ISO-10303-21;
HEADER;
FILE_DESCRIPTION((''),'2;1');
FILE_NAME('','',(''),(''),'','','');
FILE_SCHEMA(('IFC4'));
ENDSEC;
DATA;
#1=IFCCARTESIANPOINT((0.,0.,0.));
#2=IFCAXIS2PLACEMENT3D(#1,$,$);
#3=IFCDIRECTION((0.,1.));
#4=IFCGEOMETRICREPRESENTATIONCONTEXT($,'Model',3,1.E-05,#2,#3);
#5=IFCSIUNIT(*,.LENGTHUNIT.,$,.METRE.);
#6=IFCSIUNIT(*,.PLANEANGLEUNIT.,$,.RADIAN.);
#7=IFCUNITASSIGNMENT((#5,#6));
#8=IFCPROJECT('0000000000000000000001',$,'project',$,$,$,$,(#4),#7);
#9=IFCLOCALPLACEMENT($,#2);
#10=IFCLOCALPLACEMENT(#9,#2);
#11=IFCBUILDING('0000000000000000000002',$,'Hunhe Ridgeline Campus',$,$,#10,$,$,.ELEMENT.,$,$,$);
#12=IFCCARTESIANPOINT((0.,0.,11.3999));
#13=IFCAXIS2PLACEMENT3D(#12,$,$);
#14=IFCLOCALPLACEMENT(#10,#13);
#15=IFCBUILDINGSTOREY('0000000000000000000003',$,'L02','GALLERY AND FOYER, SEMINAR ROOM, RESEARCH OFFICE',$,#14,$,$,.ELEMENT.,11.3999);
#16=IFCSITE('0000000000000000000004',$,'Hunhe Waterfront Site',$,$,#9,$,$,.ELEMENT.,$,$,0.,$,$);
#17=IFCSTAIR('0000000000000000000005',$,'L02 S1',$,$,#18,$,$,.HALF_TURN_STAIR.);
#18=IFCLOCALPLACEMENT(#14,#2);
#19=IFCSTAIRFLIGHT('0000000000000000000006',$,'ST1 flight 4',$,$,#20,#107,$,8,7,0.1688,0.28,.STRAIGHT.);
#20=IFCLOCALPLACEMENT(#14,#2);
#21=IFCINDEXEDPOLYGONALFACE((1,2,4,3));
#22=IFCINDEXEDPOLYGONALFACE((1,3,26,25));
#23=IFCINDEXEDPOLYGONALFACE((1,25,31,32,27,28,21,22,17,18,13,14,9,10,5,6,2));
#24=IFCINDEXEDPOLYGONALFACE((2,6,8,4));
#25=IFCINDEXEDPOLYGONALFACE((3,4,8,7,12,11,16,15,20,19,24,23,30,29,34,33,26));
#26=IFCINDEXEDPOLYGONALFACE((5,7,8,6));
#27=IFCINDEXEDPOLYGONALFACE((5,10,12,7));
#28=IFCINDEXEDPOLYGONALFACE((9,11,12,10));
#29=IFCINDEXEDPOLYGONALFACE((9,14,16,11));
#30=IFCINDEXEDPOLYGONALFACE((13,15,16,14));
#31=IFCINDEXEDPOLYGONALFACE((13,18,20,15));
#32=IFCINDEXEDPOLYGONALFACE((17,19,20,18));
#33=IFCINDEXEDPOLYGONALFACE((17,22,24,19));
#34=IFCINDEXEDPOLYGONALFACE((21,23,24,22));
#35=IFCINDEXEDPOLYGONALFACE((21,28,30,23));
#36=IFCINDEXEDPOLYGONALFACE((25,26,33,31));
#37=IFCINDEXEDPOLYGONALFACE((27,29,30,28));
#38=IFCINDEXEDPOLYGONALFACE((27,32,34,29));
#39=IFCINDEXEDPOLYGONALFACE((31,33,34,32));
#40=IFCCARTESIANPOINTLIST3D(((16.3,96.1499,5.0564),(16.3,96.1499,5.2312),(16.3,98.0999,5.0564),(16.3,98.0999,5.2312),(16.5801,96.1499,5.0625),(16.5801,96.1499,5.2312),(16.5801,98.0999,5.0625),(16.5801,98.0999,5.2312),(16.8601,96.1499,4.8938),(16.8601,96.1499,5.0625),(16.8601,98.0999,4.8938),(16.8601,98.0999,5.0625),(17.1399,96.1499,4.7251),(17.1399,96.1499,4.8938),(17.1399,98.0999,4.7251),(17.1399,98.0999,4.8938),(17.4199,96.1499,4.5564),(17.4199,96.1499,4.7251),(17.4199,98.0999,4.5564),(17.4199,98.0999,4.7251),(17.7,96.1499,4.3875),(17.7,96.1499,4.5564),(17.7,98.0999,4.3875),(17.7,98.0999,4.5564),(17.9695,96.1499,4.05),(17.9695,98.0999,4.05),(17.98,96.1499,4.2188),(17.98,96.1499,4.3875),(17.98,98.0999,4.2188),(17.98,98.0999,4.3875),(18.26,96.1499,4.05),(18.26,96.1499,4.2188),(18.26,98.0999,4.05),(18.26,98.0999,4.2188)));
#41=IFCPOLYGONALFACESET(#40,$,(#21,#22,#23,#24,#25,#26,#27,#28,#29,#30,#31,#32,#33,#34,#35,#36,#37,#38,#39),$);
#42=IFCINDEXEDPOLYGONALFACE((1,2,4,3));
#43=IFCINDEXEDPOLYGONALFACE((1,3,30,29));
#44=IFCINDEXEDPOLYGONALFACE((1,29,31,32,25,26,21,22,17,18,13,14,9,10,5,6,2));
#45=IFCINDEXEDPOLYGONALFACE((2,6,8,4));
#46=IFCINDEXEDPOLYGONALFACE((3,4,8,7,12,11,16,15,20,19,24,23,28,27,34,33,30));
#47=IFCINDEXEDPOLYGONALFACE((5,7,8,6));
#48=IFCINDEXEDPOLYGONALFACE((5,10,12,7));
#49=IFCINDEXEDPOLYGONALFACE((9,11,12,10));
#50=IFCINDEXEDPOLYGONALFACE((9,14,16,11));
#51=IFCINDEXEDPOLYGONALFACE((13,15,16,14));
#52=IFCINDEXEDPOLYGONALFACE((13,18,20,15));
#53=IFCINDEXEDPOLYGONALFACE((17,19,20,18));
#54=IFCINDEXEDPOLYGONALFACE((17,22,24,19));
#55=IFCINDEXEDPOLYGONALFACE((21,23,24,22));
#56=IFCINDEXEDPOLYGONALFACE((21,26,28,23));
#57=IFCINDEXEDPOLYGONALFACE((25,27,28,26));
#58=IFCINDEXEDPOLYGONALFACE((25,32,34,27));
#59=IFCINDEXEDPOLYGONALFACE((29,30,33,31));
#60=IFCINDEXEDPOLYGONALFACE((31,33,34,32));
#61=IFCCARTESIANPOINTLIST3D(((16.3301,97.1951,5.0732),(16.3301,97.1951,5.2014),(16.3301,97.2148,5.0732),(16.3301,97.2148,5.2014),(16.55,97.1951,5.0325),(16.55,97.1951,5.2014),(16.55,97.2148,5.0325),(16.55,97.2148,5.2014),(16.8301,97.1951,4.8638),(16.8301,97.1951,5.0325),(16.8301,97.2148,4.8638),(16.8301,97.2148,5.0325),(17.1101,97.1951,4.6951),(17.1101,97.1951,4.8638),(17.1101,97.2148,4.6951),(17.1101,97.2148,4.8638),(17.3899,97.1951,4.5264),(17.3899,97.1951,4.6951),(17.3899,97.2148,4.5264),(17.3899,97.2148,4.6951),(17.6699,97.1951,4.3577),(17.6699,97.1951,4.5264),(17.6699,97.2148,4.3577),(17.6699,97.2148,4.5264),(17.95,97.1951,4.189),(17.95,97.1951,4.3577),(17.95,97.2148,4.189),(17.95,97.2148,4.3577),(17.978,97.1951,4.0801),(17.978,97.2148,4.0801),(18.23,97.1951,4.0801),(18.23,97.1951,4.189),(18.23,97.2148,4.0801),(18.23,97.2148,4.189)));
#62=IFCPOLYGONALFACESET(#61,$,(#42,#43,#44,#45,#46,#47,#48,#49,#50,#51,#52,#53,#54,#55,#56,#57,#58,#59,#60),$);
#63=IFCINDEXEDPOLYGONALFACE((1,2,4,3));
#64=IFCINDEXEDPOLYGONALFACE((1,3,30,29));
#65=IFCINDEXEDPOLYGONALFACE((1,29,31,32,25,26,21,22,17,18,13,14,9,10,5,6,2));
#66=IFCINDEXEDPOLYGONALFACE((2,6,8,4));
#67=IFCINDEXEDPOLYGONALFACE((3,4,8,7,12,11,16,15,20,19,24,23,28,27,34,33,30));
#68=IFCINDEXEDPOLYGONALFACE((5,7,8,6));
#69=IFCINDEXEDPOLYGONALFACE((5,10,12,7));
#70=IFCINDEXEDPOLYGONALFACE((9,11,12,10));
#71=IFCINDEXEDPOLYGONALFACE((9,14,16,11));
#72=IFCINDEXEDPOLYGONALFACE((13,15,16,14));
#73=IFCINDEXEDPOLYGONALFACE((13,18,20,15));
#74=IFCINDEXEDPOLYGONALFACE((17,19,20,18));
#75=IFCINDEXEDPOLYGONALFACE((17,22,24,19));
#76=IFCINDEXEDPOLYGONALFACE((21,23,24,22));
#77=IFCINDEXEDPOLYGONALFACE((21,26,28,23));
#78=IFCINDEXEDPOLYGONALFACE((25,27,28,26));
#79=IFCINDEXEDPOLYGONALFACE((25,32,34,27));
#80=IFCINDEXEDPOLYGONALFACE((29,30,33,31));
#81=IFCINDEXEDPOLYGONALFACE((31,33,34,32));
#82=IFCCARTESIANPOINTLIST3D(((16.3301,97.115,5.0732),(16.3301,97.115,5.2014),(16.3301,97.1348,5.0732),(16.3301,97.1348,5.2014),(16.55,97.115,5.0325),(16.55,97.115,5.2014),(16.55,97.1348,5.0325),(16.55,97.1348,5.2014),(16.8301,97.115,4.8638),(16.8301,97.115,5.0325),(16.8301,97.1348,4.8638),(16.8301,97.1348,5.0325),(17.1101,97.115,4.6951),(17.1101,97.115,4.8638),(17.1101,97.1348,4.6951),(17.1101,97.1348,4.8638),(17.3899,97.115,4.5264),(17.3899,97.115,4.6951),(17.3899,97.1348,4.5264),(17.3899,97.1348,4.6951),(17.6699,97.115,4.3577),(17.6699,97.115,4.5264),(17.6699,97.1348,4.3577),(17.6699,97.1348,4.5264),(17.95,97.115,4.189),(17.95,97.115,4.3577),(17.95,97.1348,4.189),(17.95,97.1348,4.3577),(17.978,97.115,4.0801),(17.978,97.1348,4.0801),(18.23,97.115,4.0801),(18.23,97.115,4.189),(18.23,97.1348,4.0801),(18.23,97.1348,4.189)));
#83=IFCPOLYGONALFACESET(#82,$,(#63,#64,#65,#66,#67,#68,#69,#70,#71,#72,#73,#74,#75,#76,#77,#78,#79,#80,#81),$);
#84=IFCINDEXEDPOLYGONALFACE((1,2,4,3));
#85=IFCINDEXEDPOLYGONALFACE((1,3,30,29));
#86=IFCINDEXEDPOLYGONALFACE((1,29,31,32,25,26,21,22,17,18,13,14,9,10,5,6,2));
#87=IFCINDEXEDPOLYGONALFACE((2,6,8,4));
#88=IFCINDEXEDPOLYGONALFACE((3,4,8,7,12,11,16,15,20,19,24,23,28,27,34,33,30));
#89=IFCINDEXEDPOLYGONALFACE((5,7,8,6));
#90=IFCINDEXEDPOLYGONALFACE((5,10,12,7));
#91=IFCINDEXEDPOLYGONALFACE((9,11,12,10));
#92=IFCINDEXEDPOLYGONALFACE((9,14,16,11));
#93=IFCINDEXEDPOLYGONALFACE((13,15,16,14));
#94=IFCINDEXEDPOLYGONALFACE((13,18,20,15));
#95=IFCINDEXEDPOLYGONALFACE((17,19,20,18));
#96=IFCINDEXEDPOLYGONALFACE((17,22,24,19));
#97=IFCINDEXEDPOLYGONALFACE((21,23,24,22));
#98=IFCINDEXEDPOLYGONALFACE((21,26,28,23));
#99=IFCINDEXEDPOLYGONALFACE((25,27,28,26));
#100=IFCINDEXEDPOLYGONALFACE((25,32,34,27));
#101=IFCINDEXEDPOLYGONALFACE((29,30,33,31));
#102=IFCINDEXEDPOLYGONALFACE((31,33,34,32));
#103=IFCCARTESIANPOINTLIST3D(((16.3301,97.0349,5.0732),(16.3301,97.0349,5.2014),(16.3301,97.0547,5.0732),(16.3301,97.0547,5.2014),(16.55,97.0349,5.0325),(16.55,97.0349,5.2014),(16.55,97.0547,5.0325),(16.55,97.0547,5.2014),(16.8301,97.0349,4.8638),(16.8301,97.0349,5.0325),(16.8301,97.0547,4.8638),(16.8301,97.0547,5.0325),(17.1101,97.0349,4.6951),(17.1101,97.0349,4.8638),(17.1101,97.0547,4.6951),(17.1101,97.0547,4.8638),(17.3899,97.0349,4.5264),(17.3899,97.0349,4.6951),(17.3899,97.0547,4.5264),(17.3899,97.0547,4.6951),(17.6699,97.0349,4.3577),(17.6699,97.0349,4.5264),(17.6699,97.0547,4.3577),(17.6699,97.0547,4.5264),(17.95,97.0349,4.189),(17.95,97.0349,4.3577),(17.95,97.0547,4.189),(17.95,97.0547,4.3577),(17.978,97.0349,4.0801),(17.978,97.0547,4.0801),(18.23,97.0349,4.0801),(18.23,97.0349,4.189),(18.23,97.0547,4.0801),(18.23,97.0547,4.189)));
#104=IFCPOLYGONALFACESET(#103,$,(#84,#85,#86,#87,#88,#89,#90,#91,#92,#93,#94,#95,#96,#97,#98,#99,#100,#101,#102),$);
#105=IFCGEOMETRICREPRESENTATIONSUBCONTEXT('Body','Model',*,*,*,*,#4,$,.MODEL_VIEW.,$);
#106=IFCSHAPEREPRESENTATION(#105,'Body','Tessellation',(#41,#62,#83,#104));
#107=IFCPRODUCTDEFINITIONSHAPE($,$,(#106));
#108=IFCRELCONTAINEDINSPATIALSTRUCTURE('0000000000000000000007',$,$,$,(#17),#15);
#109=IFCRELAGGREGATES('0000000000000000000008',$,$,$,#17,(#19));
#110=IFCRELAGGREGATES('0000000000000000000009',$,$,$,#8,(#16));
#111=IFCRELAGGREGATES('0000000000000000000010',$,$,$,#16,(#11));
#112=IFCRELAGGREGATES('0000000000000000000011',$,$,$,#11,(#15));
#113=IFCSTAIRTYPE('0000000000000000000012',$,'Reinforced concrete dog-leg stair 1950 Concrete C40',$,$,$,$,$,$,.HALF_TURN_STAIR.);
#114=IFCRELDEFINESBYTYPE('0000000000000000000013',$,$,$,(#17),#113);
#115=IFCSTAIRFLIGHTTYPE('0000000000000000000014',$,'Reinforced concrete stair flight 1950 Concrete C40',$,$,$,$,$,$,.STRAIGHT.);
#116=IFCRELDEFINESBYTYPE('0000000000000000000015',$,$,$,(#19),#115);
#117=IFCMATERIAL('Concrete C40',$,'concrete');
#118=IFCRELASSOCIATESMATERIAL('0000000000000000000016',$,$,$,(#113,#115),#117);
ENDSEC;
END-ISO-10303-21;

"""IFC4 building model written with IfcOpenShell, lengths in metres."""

from ifc_helpers import new_model, si_unit, direction, frame, origin, place, context, subcontext, project, spatial, polyline, outline, extrude, material, type_object, element, aggregate, save


model = new_model("IFC4")

# Units and contexts
model_context = context("Model", 3, precision=1e-05, world=origin(), true_north=direction((0.0, 1.0)))
body_context = subcontext(model_context, "Body", "Model", "MODEL_VIEW")
ifc_project = project(units=[si_unit("LENGTHUNIT", "METRE"), si_unit("PLANEANGLEUNIT", "RADIAN")], contexts=[model_context])

# Site, building, storey
site_placement = place(None, origin())
site = spatial("IfcSite", under=ifc_project, at=site_placement, Name="Hunhe Waterfront Site", CompositionType="ELEMENT", RefElevation=0.0)
building_placement = place(site_placement, origin())
building = spatial("IfcBuilding", under=site, at=building_placement, Name="Hunhe Ridgeline Campus", CompositionType="ELEMENT")
storey_placement = place(building_placement, frame((0.0, 0.0, 11.3999)))
storey = spatial("IfcBuildingStorey", under=building, at=storey_placement, Name="L02", Description="GALLERY AND FOYER, SEMINAR ROOM, RESEARCH OFFICE", CompositionType="ELEMENT", Elevation=11.3999)

# Stair, stair flight
ifc_material_1 = material(Name="Concrete C40", Category="concrete")
stair_type = type_object("IfcStairType", Name="Reinforced concrete dog-leg stair 1950 Concrete C40", PredefinedType="HALF_TURN_STAIR", material=ifc_material_1)
stair_placement = place(storey_placement, origin())
stair = element("IfcStair", 1, at=stair_placement, inside=storey, type_object=stair_type, Name="L02 S1", PredefinedType="HALF_TURN_STAIR")
stair_flight_type = type_object("IfcStairFlightType", Name="Reinforced concrete stair flight 1950 Concrete C40", PredefinedType="STRAIGHT", material=ifc_material_1)
stair_flight_1_placement = place(storey_placement, frame((18.26, 97.125, 4.05), z_axis=(0.0, 0.0, 1.0), x_axis=(-1.0, 0.0, 0.0)))
stair_flight_1 = element("IfcStairFlight", 2, at=stair_flight_1_placement, type_object=stair_flight_type, Name="ST1 flight 4", NumberOfRisers=8, NumberOfTreads=7, PredefinedType="STRAIGHT", RiserHeight=0.1688, TreadLength=0.28, context=body_context, shape_type="SweptSolid", body=[
    extrude(outline(polyline([(0.0, 0.0), (0.0, 0.1687), (0.28, 0.1687), (0.28, 0.3374), (0.5601, 0.3374), (0.5601, 0.5063), (0.8401, 0.5063), (0.8401, 0.675), (1.1201, 0.675), (1.1201, 0.8438), (1.3999, 0.8438), (1.3999, 1.0125), (1.6799, 1.0125), (1.6799, 1.1812), (1.96, 1.1812), (1.96, 1.3501), (1.96, 1.0063), (0.2905, 0.0), (0.0, 0.0)])), frame((0.0, 0.9751, 0.0), z_axis=(0.0, -1.0, 0.0), x_axis=(1.0, 0.0, 0.0)), (0.0, 0.0, 1.0), 1.95),
    extrude(outline(polyline([(0.03, 0.03), (0.03, 0.1389), (0.3101, 0.1389), (0.3101, 0.3076), (0.5901, 0.3076), (0.5901, 0.4763), (0.8701, 0.4763), (0.8701, 0.645), (1.1499, 0.645), (1.1499, 0.8137), (1.4299, 0.8137), (1.4299, 0.9824), (1.71, 0.9824), (1.71, 1.1514), (1.9299, 1.1514), (1.9299, 1.0232), (0.282, 0.03), (0.03, 0.03)])), frame((0.0, -0.0701, 0.0), z_axis=(0.0, -1.0, 0.0), x_axis=(1.0, 0.0, 0.0)), (0.0, 0.0, 1.0), 0.0198),
    extrude(outline(polyline([(0.03, 0.03), (0.03, 0.1389), (0.3101, 0.1389), (0.3101, 0.3076), (0.5901, 0.3076), (0.5901, 0.4763), (0.8701, 0.4763), (0.8701, 0.645), (1.1499, 0.645), (1.1499, 0.8137), (1.4299, 0.8137), (1.4299, 0.9824), (1.71, 0.9824), (1.71, 1.1514), (1.9299, 1.1514), (1.9299, 1.0232), (0.282, 0.03), (0.03, 0.03)])), frame((0.0, 0.01, 0.0), z_axis=(0.0, -1.0, 0.0), x_axis=(1.0, 0.0, 0.0)), (0.0, 0.0, 1.0), 0.0198),
    extrude(outline(polyline([(0.03, 0.03), (0.03, 0.1389), (0.3101, 0.1389), (0.3101, 0.3076), (0.5901, 0.3076), (0.5901, 0.4763), (0.8701, 0.4763), (0.8701, 0.645), (1.1499, 0.645), (1.1499, 0.8137), (1.4299, 0.8137), (1.4299, 0.9824), (1.71, 0.9824), (1.71, 1.1514), (1.9299, 1.1514), (1.9299, 1.0232), (0.282, 0.03), (0.03, 0.03)])), frame((0.0, 0.0901, 0.0), z_axis=(0.0, -1.0, 0.0), x_axis=(1.0, 0.0, 0.0)), (0.0, 0.0, 1.0), 0.0198),
])
aggregate(stair, [stair_flight_1])

save(model, "model.ifc")
